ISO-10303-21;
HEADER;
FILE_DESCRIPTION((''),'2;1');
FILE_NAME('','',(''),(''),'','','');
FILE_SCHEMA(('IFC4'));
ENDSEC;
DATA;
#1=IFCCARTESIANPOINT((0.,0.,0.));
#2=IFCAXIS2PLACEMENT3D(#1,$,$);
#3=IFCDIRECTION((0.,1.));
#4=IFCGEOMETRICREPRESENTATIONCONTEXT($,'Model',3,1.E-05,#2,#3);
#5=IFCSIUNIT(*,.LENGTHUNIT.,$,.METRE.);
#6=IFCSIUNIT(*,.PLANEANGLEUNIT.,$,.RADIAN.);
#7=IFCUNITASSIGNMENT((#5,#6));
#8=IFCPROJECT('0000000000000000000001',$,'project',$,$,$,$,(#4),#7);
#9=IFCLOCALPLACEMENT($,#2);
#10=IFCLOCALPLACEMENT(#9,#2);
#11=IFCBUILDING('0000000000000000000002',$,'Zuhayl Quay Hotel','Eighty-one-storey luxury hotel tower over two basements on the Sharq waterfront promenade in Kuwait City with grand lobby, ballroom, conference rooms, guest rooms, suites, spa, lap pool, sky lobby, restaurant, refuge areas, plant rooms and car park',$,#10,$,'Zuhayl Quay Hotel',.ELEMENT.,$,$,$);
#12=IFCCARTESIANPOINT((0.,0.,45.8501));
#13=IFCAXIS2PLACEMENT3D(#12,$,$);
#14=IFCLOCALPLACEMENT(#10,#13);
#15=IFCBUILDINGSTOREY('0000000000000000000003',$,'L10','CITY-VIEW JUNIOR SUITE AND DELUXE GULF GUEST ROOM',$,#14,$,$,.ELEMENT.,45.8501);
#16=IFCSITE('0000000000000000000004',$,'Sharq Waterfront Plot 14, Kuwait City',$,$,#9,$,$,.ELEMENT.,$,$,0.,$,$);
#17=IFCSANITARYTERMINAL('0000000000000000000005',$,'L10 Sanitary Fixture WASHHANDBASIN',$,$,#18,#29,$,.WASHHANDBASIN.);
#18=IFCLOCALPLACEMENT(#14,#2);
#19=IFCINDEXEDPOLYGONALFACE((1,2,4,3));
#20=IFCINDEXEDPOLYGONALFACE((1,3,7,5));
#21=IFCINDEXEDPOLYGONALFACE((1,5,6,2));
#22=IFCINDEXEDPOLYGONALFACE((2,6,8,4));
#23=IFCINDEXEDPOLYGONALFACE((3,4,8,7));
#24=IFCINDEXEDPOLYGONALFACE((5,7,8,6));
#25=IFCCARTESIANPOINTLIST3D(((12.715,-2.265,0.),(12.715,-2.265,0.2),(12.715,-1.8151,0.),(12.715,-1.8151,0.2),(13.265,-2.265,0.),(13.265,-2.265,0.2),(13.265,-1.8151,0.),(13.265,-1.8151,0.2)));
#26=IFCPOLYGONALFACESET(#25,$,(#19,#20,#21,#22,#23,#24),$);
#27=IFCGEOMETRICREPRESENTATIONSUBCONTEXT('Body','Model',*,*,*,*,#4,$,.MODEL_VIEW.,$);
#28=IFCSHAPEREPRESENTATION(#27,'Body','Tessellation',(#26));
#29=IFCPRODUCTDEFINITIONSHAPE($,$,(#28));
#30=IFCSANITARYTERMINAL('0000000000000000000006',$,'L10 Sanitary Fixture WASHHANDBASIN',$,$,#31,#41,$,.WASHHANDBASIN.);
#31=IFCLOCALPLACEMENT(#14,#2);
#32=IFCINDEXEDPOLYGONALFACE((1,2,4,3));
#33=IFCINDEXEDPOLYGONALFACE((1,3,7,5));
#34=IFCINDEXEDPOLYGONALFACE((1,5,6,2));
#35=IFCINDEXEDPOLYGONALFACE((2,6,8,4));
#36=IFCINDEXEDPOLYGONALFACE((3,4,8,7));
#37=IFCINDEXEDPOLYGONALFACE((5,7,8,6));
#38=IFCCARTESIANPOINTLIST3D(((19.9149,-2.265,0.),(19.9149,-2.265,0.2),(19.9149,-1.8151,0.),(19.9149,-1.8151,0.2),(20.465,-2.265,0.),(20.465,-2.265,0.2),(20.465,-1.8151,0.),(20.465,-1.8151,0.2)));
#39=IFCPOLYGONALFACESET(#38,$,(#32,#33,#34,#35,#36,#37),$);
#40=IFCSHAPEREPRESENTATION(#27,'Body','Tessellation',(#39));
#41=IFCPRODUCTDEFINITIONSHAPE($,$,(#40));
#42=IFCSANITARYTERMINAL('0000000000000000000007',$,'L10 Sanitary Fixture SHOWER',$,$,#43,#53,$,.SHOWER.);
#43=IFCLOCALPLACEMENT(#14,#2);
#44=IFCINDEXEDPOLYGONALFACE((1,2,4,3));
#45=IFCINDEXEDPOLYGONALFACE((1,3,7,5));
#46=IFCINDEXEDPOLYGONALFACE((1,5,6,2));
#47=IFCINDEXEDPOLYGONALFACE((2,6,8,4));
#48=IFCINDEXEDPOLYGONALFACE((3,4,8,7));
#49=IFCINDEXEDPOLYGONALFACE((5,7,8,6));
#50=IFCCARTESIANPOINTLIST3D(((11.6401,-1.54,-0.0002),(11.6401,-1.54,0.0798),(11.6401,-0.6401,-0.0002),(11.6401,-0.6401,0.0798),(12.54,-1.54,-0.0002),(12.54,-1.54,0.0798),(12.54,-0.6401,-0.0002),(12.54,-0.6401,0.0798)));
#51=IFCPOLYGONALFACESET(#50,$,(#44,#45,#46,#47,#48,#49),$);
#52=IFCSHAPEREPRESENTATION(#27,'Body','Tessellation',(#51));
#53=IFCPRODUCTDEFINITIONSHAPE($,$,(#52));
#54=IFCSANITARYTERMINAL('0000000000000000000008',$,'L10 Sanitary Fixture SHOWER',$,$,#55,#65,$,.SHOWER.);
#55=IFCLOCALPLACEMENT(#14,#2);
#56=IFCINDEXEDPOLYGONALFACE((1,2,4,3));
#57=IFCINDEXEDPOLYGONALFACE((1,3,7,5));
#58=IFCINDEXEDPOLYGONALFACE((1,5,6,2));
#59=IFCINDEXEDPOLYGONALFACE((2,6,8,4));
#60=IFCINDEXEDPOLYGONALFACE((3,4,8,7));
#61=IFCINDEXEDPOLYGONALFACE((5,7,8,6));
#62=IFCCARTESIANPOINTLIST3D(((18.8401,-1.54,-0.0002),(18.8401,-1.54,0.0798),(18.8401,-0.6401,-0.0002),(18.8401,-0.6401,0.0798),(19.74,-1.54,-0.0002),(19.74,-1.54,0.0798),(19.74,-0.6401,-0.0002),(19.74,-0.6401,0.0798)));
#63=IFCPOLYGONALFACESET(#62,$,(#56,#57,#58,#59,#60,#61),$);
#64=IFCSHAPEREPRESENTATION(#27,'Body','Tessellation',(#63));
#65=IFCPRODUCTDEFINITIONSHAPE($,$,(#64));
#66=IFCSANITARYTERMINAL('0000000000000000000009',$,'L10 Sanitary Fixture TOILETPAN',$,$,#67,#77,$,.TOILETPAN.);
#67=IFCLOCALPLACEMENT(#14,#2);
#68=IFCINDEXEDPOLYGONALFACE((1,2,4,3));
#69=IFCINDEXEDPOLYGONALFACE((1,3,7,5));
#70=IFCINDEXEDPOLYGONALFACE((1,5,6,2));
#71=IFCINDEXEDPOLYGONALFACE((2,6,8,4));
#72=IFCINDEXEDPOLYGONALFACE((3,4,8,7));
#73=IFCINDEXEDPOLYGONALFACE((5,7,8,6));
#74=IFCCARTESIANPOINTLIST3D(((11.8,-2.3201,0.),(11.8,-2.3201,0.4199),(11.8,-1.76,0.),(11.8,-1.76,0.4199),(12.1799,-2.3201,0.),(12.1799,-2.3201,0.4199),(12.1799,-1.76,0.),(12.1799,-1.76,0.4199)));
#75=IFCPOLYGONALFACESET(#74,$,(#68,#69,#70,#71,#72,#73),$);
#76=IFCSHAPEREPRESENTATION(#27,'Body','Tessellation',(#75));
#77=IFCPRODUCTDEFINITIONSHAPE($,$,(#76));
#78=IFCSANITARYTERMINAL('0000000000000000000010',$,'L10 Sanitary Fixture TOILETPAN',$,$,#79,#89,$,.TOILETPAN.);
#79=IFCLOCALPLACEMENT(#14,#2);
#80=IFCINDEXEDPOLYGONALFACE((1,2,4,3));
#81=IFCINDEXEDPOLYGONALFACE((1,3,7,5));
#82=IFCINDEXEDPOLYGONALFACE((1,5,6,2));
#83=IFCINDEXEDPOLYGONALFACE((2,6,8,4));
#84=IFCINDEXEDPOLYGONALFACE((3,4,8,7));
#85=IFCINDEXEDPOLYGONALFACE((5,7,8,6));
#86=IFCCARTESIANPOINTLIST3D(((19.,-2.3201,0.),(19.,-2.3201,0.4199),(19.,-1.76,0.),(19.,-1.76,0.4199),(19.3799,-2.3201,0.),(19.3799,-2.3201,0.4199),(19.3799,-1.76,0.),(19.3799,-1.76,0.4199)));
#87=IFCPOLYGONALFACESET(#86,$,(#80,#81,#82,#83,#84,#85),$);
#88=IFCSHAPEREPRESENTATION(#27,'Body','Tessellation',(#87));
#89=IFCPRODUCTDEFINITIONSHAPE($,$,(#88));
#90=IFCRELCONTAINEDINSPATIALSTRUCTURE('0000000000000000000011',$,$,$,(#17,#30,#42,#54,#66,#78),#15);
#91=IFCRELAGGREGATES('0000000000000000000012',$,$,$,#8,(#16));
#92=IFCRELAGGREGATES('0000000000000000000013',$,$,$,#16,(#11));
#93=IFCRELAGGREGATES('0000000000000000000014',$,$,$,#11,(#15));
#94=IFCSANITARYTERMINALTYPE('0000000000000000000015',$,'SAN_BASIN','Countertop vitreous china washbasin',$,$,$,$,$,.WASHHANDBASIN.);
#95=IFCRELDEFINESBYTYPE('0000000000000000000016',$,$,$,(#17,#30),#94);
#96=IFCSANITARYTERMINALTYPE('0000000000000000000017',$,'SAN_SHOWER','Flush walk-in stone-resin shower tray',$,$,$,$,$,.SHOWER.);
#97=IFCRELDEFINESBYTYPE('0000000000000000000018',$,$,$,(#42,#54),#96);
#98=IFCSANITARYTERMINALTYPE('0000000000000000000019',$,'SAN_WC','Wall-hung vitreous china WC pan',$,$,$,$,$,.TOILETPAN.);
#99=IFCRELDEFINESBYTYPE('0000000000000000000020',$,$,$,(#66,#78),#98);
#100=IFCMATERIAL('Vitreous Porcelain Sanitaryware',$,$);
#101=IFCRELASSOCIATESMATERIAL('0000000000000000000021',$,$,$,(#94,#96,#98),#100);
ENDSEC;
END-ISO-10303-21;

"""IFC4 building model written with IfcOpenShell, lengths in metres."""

from ifc_helpers import new_model, si_unit, direction, frame, origin, origin_2d, place, context, subcontext, project, spatial, rectangle, extrude, material, type_object, element, save


model = new_model("IFC4")

# Units and contexts
model_context = context("Model", 3, precision=1e-05, world=origin(), true_north=direction((0.0, 1.0)))
body_context = subcontext(model_context, "Body", "Model", "MODEL_VIEW")
ifc_project = project(units=[si_unit("LENGTHUNIT", "METRE"), si_unit("PLANEANGLEUNIT", "RADIAN")], contexts=[model_context])

# Site, building, storey
site_placement = place(None, origin())
site = spatial("IfcSite", under=ifc_project, at=site_placement, Name="Sharq Waterfront Plot 14, Kuwait City", CompositionType="ELEMENT", RefElevation=0.0)
building_placement = place(site_placement, origin())
building = spatial("IfcBuilding", under=site, at=building_placement, Name="Zuhayl Quay Hotel", Description="Eighty-one-storey luxury hotel tower over two basements on the Sharq waterfront promenade in Kuwait City with grand lobby, ballroom, conference rooms, guest rooms, suites, spa, lap pool, sky lobby, restaurant, refuge areas, plant rooms and car park", LongName="Zuhayl Quay Hotel", CompositionType="ELEMENT")
storey_placement = place(building_placement, frame((0.0, 0.0, 45.8501)))
storey = spatial("IfcBuildingStorey", under=building, at=storey_placement, Name="L10", Description="CITY-VIEW JUNIOR SUITE AND DELUXE GULF GUEST ROOM", CompositionType="ELEMENT", Elevation=45.8501)

# Sanitary terminals
ifc_material_1 = material(Name="Vitreous Porcelain Sanitaryware")
sanitary_terminal_type_1 = type_object("IfcSanitaryTerminalType", Name="SAN_BASIN", Description="Countertop vitreous china washbasin", PredefinedType="WASHHANDBASIN", material=ifc_material_1)
for number, where, z_axis, x_axis, name in (
    (1, (12.99, -2.04, 0.0), (0.0, 0.0, 1.0), (1.0, 0.0, 0.0), "L10 Sanitary Fixture WASHHANDBASIN"),
    (2, (20.1899, -2.04, 0.0), (0.0, 0.0, 1.0), (1.0, 0.0, 0.0), "L10 Sanitary Fixture WASHHANDBASIN"),
):
    element("IfcSanitaryTerminal", number, at=place(storey_placement, frame(where, z_axis=z_axis, x_axis=x_axis)), inside=storey, type_object=sanitary_terminal_type_1, Name=name, PredefinedType="WASHHANDBASIN", context=body_context, shape_type="SweptSolid", body=[
        extrude(rectangle(XDim=0.55, YDim=0.45, at=origin_2d()), origin(), (0.0, 0.0, 1.0), 0.2),
    ])
sanitary_terminal_type_2 = type_object("IfcSanitaryTerminalType", Name="SAN_SHOWER", Description="Flush walk-in stone-resin shower tray", PredefinedType="SHOWER", material=ifc_material_1)
for number, where, z_axis, x_axis, name in (
    (3, (12.0901, -1.0901, -0.0002), (0.0, 0.0, 1.0), (1.0, 0.0, 0.0), "L10 Sanitary Fixture SHOWER"),
    (4, (19.29, -1.0901, -0.0002), (0.0, 0.0, 1.0), (1.0, 0.0, 0.0), "L10 Sanitary Fixture SHOWER"),
):
    element("IfcSanitaryTerminal", number, at=place(storey_placement, frame(where, z_axis=z_axis, x_axis=x_axis)), inside=storey, type_object=sanitary_terminal_type_2, Name=name, PredefinedType="SHOWER", context=body_context, shape_type="SweptSolid", body=[
        extrude(rectangle(XDim=0.8999, YDim=0.8999, at=origin_2d()), origin(), (0.0, 0.0, 1.0), 0.0801),
    ])
sanitary_terminal_type_3 = type_object("IfcSanitaryTerminalType", Name="SAN_WC", Description="Wall-hung vitreous china WC pan", PredefinedType="TOILETPAN", material=ifc_material_1)
for number, where, z_axis, x_axis, name in (
    (5, (11.99, -2.04, 0.0), (0.0, 0.0, 1.0), (1.0, 0.0, 0.0), "L10 Sanitary Fixture TOILETPAN"),
    (6, (19.1899, -2.04, 0.0), (0.0, 0.0, 1.0), (1.0, 0.0, 0.0), "L10 Sanitary Fixture TOILETPAN"),
):
    element("IfcSanitaryTerminal", number, at=place(storey_placement, frame(where, z_axis=z_axis, x_axis=x_axis)), inside=storey, type_object=sanitary_terminal_type_3, Name=name, PredefinedType="TOILETPAN", context=body_context, shape_type="SweptSolid", body=[
        extrude(rectangle(XDim=0.3799, YDim=0.5601, at=origin_2d()), origin(), (0.0, 0.0, 1.0), 0.4199),
    ])

save(model, "model.ifc")
